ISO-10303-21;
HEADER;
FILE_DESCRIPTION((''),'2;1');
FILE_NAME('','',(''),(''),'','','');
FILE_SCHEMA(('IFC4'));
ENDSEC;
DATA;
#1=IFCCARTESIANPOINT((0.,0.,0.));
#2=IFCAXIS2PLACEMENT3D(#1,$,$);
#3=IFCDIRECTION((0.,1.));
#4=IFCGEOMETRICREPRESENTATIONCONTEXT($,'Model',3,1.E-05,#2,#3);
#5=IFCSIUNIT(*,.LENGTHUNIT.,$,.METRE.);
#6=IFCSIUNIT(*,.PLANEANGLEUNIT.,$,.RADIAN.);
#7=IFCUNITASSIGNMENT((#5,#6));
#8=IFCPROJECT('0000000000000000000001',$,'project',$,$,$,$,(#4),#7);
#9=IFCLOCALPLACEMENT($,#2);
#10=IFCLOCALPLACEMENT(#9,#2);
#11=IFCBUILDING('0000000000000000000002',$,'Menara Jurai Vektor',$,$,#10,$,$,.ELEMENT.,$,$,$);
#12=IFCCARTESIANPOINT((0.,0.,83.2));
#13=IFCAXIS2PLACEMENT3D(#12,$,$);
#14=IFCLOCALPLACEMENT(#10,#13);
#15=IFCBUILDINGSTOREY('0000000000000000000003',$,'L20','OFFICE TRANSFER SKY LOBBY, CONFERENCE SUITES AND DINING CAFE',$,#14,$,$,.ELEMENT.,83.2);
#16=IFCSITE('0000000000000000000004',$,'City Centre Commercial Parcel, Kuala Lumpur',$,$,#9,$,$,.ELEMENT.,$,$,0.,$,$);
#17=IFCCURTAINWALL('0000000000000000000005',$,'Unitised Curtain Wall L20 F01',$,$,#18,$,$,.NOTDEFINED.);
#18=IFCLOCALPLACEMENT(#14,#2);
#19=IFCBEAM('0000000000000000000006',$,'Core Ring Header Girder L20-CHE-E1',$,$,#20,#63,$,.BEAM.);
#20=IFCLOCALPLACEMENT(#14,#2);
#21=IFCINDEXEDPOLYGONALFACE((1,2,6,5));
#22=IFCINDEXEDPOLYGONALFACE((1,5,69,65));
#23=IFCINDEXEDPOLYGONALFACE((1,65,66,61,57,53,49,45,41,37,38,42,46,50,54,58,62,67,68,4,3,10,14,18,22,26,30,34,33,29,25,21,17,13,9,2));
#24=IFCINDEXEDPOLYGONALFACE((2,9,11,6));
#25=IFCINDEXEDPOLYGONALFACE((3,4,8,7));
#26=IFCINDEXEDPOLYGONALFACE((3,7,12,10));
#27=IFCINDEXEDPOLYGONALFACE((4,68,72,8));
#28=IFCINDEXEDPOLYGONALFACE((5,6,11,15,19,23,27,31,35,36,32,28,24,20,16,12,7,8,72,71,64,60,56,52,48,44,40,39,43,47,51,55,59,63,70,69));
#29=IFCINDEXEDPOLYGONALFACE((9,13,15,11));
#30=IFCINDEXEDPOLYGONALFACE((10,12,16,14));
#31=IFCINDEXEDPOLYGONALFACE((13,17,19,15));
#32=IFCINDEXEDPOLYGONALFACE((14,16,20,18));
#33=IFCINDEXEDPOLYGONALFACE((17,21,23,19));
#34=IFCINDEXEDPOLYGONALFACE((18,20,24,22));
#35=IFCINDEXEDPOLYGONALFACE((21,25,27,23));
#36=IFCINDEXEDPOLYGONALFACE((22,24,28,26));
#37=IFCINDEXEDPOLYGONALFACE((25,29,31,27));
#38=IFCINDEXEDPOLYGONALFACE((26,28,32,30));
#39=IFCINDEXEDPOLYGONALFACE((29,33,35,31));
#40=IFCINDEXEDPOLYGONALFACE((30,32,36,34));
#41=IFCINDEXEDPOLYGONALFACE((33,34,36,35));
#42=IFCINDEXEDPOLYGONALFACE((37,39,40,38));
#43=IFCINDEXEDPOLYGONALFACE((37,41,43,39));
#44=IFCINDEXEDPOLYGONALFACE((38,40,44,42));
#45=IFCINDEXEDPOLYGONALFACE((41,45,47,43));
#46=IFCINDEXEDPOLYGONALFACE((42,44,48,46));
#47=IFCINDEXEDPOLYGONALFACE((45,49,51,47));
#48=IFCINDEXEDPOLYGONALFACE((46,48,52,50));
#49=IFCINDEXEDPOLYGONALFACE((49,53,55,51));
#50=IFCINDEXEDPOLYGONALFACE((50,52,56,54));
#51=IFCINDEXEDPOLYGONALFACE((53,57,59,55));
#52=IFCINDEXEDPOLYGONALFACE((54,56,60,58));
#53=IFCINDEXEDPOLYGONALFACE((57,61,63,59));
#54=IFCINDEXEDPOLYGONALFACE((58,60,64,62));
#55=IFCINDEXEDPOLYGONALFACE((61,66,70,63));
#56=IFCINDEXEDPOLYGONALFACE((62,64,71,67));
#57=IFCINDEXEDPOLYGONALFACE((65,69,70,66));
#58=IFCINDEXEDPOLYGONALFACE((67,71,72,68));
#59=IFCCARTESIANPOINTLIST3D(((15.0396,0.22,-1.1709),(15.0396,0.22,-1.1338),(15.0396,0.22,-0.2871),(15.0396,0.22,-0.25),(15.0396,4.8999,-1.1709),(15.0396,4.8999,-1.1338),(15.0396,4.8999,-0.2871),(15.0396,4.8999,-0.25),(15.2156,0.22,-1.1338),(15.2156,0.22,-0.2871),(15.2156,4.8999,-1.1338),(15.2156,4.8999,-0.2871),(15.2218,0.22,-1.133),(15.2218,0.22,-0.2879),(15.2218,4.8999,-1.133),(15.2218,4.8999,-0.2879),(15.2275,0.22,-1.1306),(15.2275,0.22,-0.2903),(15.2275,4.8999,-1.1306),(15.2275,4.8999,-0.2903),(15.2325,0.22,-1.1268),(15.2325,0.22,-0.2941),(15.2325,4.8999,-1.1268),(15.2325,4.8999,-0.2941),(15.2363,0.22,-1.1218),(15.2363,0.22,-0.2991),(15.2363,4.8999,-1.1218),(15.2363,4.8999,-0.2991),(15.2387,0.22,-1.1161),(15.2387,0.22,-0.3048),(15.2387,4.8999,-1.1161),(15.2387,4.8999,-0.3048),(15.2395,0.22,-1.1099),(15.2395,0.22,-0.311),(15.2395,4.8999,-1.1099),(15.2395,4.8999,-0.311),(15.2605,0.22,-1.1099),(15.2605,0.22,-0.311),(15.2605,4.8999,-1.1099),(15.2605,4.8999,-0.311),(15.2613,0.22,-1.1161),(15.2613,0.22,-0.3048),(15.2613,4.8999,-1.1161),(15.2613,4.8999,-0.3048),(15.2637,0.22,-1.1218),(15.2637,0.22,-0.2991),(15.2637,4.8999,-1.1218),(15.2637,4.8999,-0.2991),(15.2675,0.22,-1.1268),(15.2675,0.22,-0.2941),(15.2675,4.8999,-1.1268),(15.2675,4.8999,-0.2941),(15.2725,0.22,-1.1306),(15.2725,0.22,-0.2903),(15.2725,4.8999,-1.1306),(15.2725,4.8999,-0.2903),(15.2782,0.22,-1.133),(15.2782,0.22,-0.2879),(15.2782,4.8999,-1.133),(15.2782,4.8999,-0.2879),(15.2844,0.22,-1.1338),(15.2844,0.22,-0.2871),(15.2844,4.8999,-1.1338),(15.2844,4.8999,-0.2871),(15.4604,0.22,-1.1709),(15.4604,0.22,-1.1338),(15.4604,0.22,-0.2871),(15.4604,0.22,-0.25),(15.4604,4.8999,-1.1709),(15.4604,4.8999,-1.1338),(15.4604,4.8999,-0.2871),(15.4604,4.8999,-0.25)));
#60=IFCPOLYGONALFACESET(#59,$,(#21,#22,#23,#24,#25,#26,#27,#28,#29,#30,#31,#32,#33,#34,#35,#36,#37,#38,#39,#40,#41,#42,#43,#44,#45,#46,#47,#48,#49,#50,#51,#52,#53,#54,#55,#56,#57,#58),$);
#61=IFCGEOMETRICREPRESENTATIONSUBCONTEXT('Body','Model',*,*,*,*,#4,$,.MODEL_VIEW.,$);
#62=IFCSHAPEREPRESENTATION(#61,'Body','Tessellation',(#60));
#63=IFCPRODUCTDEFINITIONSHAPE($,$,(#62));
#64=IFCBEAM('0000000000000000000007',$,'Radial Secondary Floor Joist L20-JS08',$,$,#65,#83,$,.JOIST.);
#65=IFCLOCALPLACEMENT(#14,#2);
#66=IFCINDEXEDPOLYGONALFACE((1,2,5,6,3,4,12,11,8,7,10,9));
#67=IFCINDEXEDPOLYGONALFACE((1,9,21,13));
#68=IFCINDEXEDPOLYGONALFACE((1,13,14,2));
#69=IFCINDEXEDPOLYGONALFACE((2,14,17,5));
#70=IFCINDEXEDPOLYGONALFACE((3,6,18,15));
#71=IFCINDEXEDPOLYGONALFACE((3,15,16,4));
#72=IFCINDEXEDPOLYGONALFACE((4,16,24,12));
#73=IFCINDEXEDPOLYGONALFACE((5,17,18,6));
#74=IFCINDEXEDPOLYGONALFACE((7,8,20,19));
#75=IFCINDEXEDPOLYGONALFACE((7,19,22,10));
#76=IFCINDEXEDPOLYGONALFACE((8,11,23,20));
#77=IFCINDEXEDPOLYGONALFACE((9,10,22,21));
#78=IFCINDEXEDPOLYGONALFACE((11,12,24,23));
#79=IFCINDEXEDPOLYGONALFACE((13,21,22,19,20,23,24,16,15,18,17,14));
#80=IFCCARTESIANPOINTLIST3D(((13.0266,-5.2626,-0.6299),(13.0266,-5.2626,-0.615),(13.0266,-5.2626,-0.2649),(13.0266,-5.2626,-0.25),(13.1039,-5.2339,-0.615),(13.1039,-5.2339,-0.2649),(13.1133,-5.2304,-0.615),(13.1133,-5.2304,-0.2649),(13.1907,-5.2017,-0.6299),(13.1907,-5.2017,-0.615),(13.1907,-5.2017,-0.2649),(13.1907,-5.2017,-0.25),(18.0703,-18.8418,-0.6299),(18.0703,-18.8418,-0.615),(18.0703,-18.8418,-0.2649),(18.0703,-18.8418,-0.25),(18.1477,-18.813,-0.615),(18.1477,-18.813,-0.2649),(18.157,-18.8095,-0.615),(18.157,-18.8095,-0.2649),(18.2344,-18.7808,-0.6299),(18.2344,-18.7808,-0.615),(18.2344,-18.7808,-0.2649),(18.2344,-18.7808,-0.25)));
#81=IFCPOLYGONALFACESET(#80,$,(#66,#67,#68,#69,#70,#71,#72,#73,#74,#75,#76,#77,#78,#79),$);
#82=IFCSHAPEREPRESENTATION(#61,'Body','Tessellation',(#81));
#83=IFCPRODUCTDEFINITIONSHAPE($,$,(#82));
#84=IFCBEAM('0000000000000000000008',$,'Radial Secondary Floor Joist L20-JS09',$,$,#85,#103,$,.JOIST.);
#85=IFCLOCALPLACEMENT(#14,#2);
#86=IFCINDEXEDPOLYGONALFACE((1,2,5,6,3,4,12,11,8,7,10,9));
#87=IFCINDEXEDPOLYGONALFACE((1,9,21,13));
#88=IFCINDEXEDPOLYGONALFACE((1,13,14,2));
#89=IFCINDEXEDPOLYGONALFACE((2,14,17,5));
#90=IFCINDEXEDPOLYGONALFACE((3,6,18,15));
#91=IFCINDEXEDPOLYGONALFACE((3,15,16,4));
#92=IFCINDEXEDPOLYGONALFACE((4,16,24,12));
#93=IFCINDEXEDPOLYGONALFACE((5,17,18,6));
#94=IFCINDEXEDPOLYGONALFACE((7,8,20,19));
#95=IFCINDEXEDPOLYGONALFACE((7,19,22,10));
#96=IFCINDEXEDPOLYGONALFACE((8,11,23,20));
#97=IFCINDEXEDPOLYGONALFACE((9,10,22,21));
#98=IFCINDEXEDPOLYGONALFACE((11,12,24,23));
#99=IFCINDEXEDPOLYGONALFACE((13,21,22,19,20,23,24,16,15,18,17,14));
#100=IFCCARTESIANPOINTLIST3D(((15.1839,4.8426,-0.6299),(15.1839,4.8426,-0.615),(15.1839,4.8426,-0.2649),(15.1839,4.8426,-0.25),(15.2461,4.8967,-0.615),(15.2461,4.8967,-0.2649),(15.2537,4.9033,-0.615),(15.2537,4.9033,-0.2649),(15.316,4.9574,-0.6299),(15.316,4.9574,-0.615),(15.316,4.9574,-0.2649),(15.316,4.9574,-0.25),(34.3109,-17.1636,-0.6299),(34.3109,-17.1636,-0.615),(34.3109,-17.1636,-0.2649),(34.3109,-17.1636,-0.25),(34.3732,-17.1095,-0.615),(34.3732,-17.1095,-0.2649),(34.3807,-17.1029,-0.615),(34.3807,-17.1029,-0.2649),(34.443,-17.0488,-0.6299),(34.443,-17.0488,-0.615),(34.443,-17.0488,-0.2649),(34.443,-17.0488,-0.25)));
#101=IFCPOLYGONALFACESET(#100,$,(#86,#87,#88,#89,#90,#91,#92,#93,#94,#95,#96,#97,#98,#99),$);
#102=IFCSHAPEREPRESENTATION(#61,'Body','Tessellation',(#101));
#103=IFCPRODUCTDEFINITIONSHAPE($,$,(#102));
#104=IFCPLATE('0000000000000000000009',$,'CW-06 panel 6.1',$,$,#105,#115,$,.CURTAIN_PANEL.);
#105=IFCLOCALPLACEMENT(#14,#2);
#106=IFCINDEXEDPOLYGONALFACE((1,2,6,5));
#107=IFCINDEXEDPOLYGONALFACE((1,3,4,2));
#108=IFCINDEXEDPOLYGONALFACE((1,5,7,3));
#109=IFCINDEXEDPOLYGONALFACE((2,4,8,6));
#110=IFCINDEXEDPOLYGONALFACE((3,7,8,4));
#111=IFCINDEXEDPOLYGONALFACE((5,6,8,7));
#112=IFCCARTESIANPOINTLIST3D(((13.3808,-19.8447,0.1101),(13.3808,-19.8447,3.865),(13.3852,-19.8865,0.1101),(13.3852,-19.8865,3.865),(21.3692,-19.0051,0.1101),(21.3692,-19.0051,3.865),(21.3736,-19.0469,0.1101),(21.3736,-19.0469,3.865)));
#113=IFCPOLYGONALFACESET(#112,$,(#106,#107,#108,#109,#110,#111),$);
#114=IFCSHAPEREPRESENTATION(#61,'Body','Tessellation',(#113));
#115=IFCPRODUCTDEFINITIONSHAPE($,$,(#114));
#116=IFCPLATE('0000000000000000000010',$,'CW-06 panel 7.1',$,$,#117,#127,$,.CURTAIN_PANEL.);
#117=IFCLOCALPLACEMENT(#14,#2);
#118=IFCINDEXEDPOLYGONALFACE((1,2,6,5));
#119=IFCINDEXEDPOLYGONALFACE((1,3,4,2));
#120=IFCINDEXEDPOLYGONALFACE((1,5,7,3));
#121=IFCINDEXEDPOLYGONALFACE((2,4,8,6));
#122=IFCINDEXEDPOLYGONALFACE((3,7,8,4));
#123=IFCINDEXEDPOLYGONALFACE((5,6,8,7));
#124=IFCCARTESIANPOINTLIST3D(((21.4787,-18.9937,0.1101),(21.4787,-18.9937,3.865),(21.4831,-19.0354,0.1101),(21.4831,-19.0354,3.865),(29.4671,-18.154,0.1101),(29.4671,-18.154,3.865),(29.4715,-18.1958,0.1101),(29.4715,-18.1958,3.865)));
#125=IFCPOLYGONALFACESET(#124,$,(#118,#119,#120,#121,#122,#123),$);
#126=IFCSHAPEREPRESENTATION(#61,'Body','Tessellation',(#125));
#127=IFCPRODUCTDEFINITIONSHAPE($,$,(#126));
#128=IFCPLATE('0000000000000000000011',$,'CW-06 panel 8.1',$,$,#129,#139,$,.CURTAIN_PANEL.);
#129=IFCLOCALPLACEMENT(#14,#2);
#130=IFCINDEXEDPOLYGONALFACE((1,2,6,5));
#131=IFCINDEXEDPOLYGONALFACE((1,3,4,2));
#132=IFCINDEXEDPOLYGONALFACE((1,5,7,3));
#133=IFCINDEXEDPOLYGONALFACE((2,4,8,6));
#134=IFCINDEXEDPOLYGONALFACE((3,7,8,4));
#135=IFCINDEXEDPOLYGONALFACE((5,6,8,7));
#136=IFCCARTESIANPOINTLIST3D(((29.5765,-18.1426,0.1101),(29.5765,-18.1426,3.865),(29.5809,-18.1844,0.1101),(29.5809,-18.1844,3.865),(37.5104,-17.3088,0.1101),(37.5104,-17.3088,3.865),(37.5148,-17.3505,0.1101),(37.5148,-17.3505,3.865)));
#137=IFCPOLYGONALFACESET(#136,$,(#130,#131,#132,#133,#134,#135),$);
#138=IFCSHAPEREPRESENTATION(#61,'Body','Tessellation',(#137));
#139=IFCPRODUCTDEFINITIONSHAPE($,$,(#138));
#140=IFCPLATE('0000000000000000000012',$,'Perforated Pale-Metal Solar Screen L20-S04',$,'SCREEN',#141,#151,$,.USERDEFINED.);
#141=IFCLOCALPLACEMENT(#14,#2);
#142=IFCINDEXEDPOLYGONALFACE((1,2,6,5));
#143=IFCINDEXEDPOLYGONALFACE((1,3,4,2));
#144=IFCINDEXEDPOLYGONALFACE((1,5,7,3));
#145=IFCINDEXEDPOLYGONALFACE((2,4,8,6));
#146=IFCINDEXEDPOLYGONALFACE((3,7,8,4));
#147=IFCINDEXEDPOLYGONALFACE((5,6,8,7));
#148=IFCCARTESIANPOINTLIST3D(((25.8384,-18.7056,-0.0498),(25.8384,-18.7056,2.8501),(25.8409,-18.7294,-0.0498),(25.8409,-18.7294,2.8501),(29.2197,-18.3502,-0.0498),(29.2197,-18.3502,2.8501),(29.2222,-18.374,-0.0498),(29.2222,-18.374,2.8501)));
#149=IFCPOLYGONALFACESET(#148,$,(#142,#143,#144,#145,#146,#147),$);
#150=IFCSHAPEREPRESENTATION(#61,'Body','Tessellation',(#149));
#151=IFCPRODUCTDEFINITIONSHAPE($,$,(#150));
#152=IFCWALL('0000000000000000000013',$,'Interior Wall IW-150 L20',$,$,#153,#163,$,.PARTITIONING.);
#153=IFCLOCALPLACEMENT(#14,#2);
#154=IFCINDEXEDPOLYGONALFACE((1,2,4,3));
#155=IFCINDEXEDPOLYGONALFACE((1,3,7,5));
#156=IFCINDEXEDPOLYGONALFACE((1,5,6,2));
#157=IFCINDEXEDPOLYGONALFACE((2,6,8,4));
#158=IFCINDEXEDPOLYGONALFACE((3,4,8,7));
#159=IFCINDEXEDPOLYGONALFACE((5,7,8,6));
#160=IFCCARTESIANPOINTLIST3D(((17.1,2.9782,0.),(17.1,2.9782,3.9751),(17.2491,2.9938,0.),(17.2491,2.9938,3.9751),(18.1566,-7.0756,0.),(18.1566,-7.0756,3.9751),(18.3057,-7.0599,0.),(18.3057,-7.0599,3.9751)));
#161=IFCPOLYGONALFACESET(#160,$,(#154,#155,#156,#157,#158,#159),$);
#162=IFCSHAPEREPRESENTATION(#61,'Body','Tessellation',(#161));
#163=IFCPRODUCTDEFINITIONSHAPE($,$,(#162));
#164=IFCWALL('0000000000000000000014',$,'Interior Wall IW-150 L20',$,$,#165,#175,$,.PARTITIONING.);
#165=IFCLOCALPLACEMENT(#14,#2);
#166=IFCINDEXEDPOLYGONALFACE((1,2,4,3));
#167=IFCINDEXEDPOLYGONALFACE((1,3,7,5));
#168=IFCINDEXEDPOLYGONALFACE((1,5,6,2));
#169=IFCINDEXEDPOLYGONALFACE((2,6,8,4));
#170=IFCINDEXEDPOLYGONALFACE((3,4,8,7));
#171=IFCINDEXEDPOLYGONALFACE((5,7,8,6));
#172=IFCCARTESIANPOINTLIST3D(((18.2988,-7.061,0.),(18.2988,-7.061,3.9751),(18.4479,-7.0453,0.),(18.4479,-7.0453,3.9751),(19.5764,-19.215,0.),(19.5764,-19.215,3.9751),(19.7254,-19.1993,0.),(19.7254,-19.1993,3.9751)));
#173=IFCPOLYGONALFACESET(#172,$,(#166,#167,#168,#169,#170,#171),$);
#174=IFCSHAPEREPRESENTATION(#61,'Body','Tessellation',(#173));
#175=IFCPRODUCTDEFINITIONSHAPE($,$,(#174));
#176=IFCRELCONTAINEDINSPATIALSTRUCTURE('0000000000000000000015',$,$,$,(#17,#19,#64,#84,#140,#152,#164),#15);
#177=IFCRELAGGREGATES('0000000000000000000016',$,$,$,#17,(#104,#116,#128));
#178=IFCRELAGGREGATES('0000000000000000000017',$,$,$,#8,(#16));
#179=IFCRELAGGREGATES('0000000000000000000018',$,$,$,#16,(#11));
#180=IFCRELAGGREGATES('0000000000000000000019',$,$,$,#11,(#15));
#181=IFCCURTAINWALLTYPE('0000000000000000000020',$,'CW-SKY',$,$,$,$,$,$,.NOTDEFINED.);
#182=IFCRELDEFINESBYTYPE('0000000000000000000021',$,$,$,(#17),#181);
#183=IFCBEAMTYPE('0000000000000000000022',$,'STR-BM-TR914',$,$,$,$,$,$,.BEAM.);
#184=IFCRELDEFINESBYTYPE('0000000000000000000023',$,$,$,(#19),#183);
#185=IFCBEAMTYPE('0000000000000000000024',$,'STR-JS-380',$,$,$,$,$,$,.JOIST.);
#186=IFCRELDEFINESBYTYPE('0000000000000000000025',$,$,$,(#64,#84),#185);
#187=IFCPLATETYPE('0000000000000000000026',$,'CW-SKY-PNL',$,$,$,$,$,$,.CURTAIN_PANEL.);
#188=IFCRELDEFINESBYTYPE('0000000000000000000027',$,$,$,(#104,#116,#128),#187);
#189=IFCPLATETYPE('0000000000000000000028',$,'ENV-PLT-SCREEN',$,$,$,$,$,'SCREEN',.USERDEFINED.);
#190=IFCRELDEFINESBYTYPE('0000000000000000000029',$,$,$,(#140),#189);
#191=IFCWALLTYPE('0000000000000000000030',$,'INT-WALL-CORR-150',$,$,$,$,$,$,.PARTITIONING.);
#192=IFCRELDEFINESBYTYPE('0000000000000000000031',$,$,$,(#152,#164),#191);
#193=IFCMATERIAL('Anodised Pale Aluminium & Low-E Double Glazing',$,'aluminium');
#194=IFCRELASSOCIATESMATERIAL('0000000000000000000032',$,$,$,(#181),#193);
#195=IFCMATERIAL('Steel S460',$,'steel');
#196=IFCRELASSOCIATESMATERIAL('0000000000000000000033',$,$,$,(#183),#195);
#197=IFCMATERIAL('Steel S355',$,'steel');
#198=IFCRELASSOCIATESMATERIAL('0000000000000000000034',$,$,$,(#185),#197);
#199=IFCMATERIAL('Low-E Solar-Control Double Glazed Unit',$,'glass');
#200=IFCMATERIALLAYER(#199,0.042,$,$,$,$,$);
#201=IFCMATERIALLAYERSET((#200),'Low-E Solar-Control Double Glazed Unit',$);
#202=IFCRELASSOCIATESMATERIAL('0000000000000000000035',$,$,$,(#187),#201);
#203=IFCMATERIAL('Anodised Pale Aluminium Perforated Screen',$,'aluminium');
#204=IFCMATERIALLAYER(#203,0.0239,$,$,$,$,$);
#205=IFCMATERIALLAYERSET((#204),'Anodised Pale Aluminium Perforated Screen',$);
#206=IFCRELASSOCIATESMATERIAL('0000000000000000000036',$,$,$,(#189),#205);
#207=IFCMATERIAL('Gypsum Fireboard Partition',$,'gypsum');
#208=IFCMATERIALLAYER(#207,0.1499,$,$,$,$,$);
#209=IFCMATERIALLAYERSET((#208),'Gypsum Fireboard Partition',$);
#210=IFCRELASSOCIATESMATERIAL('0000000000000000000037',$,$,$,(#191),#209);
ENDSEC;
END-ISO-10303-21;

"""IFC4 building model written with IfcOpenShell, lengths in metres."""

from ifc_helpers import new_model, si_unit, direction, frame, frame_2d, origin, origin_2d, place, context, subcontext, project, spatial, rectangle, i_section, extrude, material, layer, layer_set, material_profile, profile_set, type_object, element, aggregate, save


model = new_model("IFC4")

# Units and contexts
model_context = context("Model", 3, precision=1e-05, world=origin(), true_north=direction((0.0, 1.0)))
body_context = subcontext(model_context, "Body", "Model", "MODEL_VIEW")
ifc_project = project(units=[si_unit("LENGTHUNIT", "METRE"), si_unit("PLANEANGLEUNIT", "RADIAN")], contexts=[model_context])

# Site, building, storey
site_placement = place(None, origin())
site = spatial("IfcSite", under=ifc_project, at=site_placement, Name="City Centre Commercial Parcel, Kuala Lumpur", CompositionType="ELEMENT", RefElevation=0.0)
building_placement = place(site_placement, origin())
building = spatial("IfcBuilding", under=site, at=building_placement, Name="Menara Jurai Vektor", CompositionType="ELEMENT")
storey_placement = place(building_placement, frame((0.0, 0.0, 83.2)))
storey = spatial("IfcBuildingStorey", under=building, at=storey_placement, Name="L20", Description="OFFICE TRANSFER SKY LOBBY, CONFERENCE SUITES AND DINING CAFE", CompositionType="ELEMENT", Elevation=83.2)

# Shared definitions
ifc_material_1 = material(Name="Steel S460", Category="steel")

# Curtain wall
ifc_material_2 = material(Name="Anodised Pale Aluminium & Low-E Double Glazing", Category="aluminium")
curtain_wall_type = type_object("IfcCurtainWallType", Name="CW-SKY", PredefinedType="NOTDEFINED", material=ifc_material_2)
curtain_wall_placement = place(storey_placement, origin())
curtain_wall = element("IfcCurtainWall", 1, at=curtain_wall_placement, inside=storey, type_object=curtain_wall_type, Name="Unitised Curtain Wall L20 F01", PredefinedType="NOTDEFINED")

# Beams
ifc_material_3 = material(Name="Steel S355", Category="steel")
ifc_material_profile_1 = material_profile(ifc_material_1, i_section(OverallWidth=0.4209, OverallDepth=0.9209, WebThickness=0.021, FlangeThickness=0.0371, FilletRadius=0.0239, at=origin_2d()), Name="UKB 914x419x388")
ifc_profile_set_1 = profile_set([ifc_material_profile_1], Name="Steel S460")
beam_type_1 = type_object("IfcBeamType", Name="STR-BM-TR914", PredefinedType="BEAM", material=ifc_profile_set_1)
beam_1_placement = place(storey_placement, frame((15.25, 0.22, -0.7104), z_axis=(0.0, 1.0, 0.0), x_axis=(-1.0, 0.0, 0.0)))
element("IfcBeam", 2, at=beam_1_placement, inside=storey, type_object=beam_type_1, Name="Core Ring Header Girder L20-CHE-E1", PredefinedType="BEAM", context=body_context, shape_type="SweptSolid", body=[
    extrude(i_section(OverallWidth=0.4209, OverallDepth=0.9209, WebThickness=0.021, FlangeThickness=0.0371, FilletRadius=0.0239, at=origin_2d()), origin(), (0.0, 0.0, 1.0), 4.6799),
])
ifc_material_profile_2 = material_profile(ifc_material_3, i_section(OverallWidth=0.175, OverallDepth=0.3799, WebThickness=0.01, FlangeThickness=0.0149, at=origin_2d()), Name="PG 380x175x58")
ifc_profile_set_2 = profile_set([ifc_material_profile_2], Name="Steel S355")
beam_type_2 = type_object("IfcBeamType", Name="STR-JS-380", PredefinedType="JOIST", material=ifc_profile_set_2)
beam_2_placement = place(storey_placement, frame((18.1523, -18.8113, -0.4399), z_axis=(-0.348189, 0.937424, 0.0), x_axis=(-0.937424, -0.348189, 0.0)))
element("IfcBeam", 3, at=beam_2_placement, inside=storey, type_object=beam_type_2, Name="Radial Secondary Floor Joist L20-JS08", PredefinedType="JOIST", context=body_context, shape_type="SweptSolid", body=[
    extrude(i_section(OverallWidth=0.175, OverallDepth=0.3799, WebThickness=0.01, FlangeThickness=0.0149, at=origin_2d()), origin(), (0.0, 0.0, 1.0), 14.4856),
])
beam_3_placement = place(storey_placement, frame((34.377, -17.1062, -0.4399), z_axis=(-0.656007, 0.754755, 0.0), x_axis=(-0.754755, -0.656007, 0.0)))
element("IfcBeam", 4, at=beam_3_placement, inside=storey, type_object=beam_type_2, Name="Radial Secondary Floor Joist L20-JS09", PredefinedType="JOIST", context=body_context, shape_type="SweptSolid", body=[
    extrude(i_section(OverallWidth=0.175, OverallDepth=0.3799, WebThickness=0.01, FlangeThickness=0.0149, at=origin_2d()), origin(), (0.0, 0.0, 1.0), 29.1567),
])

# Plates
ifc_material_4 = material(Name="Low-E Solar-Control Double Glazed Unit", Category="glass")
ifc_layer_1 = layer(ifc_material_4, 0.042)
ifc_layer_set_1 = layer_set([ifc_layer_1], Name="Low-E Solar-Control Double Glazed Unit")
plate_type_1 = type_object("IfcPlateType", Name="CW-SKY-PNL", PredefinedType="CURTAIN_PANEL", material=ifc_layer_set_1)
plate_1_placement = place(storey_placement, frame((17.3772, -19.4458, 0.1101), z_axis=(0.0, 0.0, 1.0), x_axis=(0.994522, 0.104529, 0.0)))
plate_1 = element("IfcPlate", 5, at=plate_1_placement, type_object=plate_type_1, Name="CW-06 panel 6.1", PredefinedType="CURTAIN_PANEL", context=body_context, shape_type="SweptSolid", body=[
    extrude(rectangle(XDim=8.0325, YDim=0.042, at=origin_2d()), origin(), (0.0, 0.0, 1.0), 3.7549),
])
plate_2_placement = place(storey_placement, frame((25.4751, -18.5947, 0.1101), z_axis=(0.0, 0.0, 1.0), x_axis=(0.994522, 0.104529, 0.0)))
plate_2 = element("IfcPlate", 6, at=plate_2_placement, type_object=plate_type_1, Name="CW-06 panel 7.1", PredefinedType="CURTAIN_PANEL", context=body_context, shape_type="SweptSolid", body=[
    extrude(rectangle(XDim=8.0325, YDim=0.042, at=origin_2d()), origin(), (0.0, 0.0, 1.0), 3.7549),
])
plate_3_placement = place(storey_placement, frame((33.5457, -17.7466, 0.1101), z_axis=(0.0, 0.0, 1.0), x_axis=(0.994522, 0.104529, 0.0)))
plate_3 = element("IfcPlate", 7, at=plate_3_placement, type_object=plate_type_1, Name="CW-06 panel 8.1", PredefinedType="CURTAIN_PANEL", context=body_context, shape_type="SweptSolid", body=[
    extrude(rectangle(XDim=7.9775, YDim=0.042, at=origin_2d()), origin(), (0.0, 0.0, 1.0), 3.7549),
])
aggregate(curtain_wall, [plate_1, plate_2, plate_3])
ifc_material_5 = material(Name="Anodised Pale Aluminium Perforated Screen", Category="aluminium")
ifc_layer_2 = layer(ifc_material_5, 0.0239)
ifc_layer_set_2 = layer_set([ifc_layer_2], Name="Anodised Pale Aluminium Perforated Screen")
plate_type_2 = type_object("IfcPlateType", Name="ENV-PLT-SCREEN", ElementType="SCREEN", PredefinedType="USERDEFINED", material=ifc_layer_set_2)
plate_4_placement = place(storey_placement, frame((27.5303, -18.5398, -0.0498), z_axis=(0.0, 0.0, 1.0), x_axis=(0.994522, 0.104528, 0.0)))
element("IfcPlate", 8, at=plate_4_placement, inside=storey, type_object=plate_type_2, Name="Perforated Pale-Metal Solar Screen L20-S04", ObjectType="SCREEN", PredefinedType="USERDEFINED", context=body_context, shape_type="SweptSolid", body=[
    extrude(rectangle(XDim=3.3999, YDim=0.0239, at=origin_2d()), origin(), (0.0, 0.0, 1.0), 2.8999),
])

# Walls
ifc_material_6 = material(Name="Gypsum Fireboard Partition", Category="gypsum")
ifc_layer_3 = layer(ifc_material_6, 0.1499)
ifc_layer_set_3 = layer_set([ifc_layer_3], Name="Gypsum Fireboard Partition")
wall_type = type_object("IfcWallType", Name="INT-WALL-CORR-150", PredefinedType="PARTITIONING", material=ifc_layer_set_3)
wall_1_placement = place(storey_placement, frame((18.2312, -7.0679, 0.0), z_axis=(0.0, 0.0, 1.0), x_axis=(-0.104524, 0.994522, 0.0)))
element("IfcWall", 9, at=wall_1_placement, inside=storey, type_object=wall_type, Name="Interior Wall IW-150 L20", PredefinedType="PARTITIONING", context=body_context, shape_type="SweptSolid", body=[
    extrude(rectangle(XDim=10.1091, YDim=0.1499, at=frame_2d((5.0547, 0.0))), origin(), (0.0, 0.0, 1.0), 3.9751),
])
wall_2_placement = place(storey_placement, frame((19.6509, -19.207, 0.0), z_axis=(0.0, 0.0, 1.0), x_axis=(-0.10454, 0.994521, 0.0)))
element("IfcWall", 10, at=wall_2_placement, inside=storey, type_object=wall_type, Name="Interior Wall IW-150 L20", PredefinedType="PARTITIONING", context=body_context, shape_type="SweptSolid", body=[
    extrude(rectangle(XDim=12.2209, YDim=0.1499, at=frame_2d((6.1104, 0.0))), origin(), (0.0, 0.0, 1.0), 3.9751),
])

save(model, "model.ifc")
